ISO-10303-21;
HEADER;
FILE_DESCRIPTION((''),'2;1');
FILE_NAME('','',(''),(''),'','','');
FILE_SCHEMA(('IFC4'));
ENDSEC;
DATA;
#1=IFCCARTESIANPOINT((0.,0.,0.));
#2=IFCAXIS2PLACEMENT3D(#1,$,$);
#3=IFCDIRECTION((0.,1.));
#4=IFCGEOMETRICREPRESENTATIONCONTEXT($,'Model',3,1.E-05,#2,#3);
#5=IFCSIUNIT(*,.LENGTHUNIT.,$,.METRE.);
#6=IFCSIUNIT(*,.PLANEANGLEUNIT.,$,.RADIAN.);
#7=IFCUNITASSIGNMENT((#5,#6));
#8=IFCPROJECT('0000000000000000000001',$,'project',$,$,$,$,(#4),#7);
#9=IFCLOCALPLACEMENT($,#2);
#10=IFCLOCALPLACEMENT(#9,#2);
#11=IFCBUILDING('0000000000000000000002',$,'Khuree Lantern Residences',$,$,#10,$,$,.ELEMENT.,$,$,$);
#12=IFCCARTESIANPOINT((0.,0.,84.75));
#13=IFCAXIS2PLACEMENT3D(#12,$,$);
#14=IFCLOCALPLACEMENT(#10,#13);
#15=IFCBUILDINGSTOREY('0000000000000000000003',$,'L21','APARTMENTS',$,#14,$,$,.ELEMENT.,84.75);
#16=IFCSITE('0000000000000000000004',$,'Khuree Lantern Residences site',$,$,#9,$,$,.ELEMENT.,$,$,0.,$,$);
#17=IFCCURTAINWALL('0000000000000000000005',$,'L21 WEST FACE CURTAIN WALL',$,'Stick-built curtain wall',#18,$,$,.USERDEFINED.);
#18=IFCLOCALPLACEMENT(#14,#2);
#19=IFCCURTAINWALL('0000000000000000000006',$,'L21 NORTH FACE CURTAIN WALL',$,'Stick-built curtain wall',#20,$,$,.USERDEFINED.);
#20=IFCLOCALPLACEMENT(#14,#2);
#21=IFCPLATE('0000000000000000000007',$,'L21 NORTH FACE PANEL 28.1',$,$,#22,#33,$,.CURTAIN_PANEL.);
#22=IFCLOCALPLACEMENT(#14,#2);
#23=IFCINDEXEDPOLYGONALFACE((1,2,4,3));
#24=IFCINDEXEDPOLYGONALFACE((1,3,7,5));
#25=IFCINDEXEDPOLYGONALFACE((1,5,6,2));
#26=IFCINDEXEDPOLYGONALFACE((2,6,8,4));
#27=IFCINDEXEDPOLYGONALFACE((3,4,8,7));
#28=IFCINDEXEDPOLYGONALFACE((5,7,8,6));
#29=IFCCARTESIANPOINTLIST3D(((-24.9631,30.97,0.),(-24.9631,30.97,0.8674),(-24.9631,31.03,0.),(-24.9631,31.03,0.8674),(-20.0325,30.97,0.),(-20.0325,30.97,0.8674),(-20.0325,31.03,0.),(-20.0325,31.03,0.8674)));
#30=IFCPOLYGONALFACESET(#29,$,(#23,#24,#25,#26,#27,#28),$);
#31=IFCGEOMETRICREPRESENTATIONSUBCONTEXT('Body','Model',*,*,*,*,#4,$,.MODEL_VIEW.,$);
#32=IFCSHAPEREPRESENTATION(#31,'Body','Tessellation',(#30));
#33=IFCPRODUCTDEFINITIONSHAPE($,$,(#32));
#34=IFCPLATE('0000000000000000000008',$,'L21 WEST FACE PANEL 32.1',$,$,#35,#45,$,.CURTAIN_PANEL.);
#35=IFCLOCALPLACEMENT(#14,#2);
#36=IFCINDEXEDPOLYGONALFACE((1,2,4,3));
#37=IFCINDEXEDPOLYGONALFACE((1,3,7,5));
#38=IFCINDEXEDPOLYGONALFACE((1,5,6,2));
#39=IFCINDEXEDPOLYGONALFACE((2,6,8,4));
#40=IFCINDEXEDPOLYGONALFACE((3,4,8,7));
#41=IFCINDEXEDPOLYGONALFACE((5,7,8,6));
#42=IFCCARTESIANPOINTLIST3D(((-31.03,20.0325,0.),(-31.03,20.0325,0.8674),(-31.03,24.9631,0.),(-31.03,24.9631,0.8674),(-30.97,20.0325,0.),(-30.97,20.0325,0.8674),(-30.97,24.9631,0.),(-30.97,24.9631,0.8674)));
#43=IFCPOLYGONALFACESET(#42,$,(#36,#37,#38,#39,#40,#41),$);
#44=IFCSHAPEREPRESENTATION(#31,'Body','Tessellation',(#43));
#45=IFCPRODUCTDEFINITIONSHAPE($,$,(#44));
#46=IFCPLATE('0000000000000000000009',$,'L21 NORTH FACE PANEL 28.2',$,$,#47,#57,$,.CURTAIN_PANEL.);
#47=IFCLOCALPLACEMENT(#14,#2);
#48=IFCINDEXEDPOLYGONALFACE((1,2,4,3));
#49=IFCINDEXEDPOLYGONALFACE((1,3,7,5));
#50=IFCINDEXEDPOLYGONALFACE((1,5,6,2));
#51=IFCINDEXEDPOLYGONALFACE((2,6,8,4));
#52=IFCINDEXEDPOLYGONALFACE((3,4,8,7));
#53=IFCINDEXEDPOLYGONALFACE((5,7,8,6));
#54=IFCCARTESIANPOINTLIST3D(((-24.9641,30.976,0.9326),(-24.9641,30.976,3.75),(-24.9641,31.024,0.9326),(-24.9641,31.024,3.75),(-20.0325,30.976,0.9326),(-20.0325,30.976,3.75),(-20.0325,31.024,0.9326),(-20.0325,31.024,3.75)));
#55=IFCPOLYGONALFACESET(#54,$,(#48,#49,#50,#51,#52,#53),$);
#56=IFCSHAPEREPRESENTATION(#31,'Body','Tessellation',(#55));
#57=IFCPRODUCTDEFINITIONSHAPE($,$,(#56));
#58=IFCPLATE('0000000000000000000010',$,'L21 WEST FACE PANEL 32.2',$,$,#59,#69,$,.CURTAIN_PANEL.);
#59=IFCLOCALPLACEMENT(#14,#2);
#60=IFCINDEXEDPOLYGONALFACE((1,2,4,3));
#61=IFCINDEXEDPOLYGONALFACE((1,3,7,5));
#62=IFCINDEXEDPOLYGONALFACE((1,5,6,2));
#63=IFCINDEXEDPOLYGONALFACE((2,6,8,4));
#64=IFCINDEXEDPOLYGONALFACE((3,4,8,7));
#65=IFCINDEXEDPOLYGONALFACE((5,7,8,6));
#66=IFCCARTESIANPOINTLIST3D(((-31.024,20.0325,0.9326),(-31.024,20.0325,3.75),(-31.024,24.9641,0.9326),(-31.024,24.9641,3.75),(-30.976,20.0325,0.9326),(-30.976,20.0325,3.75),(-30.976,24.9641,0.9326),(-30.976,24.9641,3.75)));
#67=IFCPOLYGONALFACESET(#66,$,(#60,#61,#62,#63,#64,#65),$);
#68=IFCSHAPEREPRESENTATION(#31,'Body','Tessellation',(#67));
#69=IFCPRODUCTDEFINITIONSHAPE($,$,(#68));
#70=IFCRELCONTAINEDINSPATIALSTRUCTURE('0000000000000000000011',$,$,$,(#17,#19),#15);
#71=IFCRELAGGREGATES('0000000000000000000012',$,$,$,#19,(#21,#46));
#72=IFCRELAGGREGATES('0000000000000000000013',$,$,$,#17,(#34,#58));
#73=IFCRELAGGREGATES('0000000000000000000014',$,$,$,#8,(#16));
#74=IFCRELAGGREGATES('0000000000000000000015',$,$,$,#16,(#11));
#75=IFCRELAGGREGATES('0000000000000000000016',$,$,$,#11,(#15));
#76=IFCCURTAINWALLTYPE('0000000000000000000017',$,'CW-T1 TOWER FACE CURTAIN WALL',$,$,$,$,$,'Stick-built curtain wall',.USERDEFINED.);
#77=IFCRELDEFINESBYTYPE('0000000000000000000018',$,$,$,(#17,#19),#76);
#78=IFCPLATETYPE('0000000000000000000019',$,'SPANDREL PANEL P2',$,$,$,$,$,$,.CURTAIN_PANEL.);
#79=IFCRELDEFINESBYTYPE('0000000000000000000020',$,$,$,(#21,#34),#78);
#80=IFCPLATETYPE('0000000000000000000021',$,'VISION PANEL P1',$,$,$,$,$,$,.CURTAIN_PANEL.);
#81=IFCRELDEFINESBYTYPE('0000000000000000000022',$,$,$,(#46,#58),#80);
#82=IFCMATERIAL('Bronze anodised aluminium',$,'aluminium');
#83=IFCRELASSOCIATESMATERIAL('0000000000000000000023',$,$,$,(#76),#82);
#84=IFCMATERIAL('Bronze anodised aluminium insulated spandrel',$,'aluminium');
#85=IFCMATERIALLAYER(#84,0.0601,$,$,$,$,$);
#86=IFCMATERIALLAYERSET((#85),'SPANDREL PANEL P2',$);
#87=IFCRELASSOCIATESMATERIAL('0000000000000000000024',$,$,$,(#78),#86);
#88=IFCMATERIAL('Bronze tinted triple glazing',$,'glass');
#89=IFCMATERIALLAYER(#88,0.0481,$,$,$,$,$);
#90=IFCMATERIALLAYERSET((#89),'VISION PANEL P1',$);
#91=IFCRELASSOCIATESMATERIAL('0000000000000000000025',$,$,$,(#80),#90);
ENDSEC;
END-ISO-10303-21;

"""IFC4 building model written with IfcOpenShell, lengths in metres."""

from ifc_helpers import new_model, si_unit, direction, frame, origin, origin_2d, place, context, subcontext, project, spatial, rectangle, extrude, material, layer, layer_set, type_object, element, aggregate, save


model = new_model("IFC4")

# Units and contexts
model_context = context("Model", 3, precision=1e-05, world=origin(), true_north=direction((0.0, 1.0)))
body_context = subcontext(model_context, "Body", "Model", "MODEL_VIEW")
ifc_project = project(units=[si_unit("LENGTHUNIT", "METRE"), si_unit("PLANEANGLEUNIT", "RADIAN")], contexts=[model_context])

# Site, building, storey
site_placement = place(None, origin())
site = spatial("IfcSite", under=ifc_project, at=site_placement, Name="Khuree Lantern Residences site", CompositionType="ELEMENT", RefElevation=0.0)
building_placement = place(site_placement, origin())
building = spatial("IfcBuilding", under=site, at=building_placement, Name="Khuree Lantern Residences", CompositionType="ELEMENT")
storey_placement = place(building_placement, frame((0.0, 0.0, 84.75)))
storey = spatial("IfcBuildingStorey", under=building, at=storey_placement, Name="L21", Description="APARTMENTS", CompositionType="ELEMENT", Elevation=84.75)

# Shared definitions
ifc_material_1 = material(Name="Bronze anodised aluminium", Category="aluminium")

# Curtain walls
curtain_wall_type_1 = type_object("IfcCurtainWallType", Name="CW-T1 TOWER FACE CURTAIN WALL", ElementType="Stick-built curtain wall", PredefinedType="USERDEFINED", material=ifc_material_1)
curtain_wall_1_placement = place(storey_placement, origin())
curtain_wall_1 = element("IfcCurtainWall", 1, at=curtain_wall_1_placement, inside=storey, type_object=curtain_wall_type_1, Name="L21 WEST FACE CURTAIN WALL", ObjectType="Stick-built curtain wall", PredefinedType="USERDEFINED")
curtain_wall_2_placement = place(storey_placement, origin())
curtain_wall_2 = element("IfcCurtainWall", 2, at=curtain_wall_2_placement, inside=storey, type_object=curtain_wall_type_1, Name="L21 NORTH FACE CURTAIN WALL", ObjectType="Stick-built curtain wall", PredefinedType="USERDEFINED")

# Plates
ifc_material_2 = material(Name="Bronze tinted triple glazing", Category="glass")
ifc_material_3 = material(Name="Bronze anodised aluminium insulated spandrel", Category="aluminium")
ifc_layer_1 = layer(ifc_material_3, 0.0601)
ifc_layer_set_1 = layer_set([ifc_layer_1], Name="SPANDREL PANEL P2")
plate_type_1 = type_object("IfcPlateType", Name="SPANDREL PANEL P2", PredefinedType="CURTAIN_PANEL", material=ifc_layer_set_1)
plate_1_placement = place(storey_placement, frame((-22.4978, 31.0, 0.0), z_axis=(0.0, 0.0, 1.0), x_axis=(-1.0, 0.0, 0.0)))
plate_1 = element("IfcPlate", 3, at=plate_1_placement, type_object=plate_type_1, Name="L21 NORTH FACE PANEL 28.1", PredefinedType="CURTAIN_PANEL", context=body_context, shape_type="SweptSolid", body=[
    extrude(rectangle(XDim=4.9307, YDim=0.0601, at=origin_2d()), origin(), (0.0, 0.0, 1.0), 0.8674),
])
plate_2_placement = place(storey_placement, frame((-31.0, 22.4978, 0.0), z_axis=(0.0, 0.0, 1.0), x_axis=(0.0, -1.0, 0.0)))
plate_2 = element("IfcPlate", 4, at=plate_2_placement, type_object=plate_type_1, Name="L21 WEST FACE PANEL 32.1", PredefinedType="CURTAIN_PANEL", context=body_context, shape_type="SweptSolid", body=[
    extrude(rectangle(XDim=4.9307, YDim=0.0601, at=origin_2d()), origin(), (0.0, 0.0, 1.0), 0.8674),
])
ifc_layer_2 = layer(ifc_material_2, 0.0481)
ifc_layer_set_2 = layer_set([ifc_layer_2], Name="VISION PANEL P1")
plate_type_2 = type_object("IfcPlateType", Name="VISION PANEL P1", PredefinedType="CURTAIN_PANEL", material=ifc_layer_set_2)
plate_3_placement = place(storey_placement, frame((-22.4983, 31.0, 0.9326), z_axis=(0.0, 0.0, 1.0), x_axis=(-1.0, 0.0, 0.0)))
plate_3 = element("IfcPlate", 5, at=plate_3_placement, type_object=plate_type_2, Name="L21 NORTH FACE PANEL 28.2", PredefinedType="CURTAIN_PANEL", context=body_context, shape_type="SweptSolid", body=[
    extrude(rectangle(XDim=4.9316, YDim=0.0481, at=origin_2d()), origin(), (0.0, 0.0, 1.0), 2.8174),
])
aggregate(curtain_wall_2, [plate_1, plate_3])
plate_4_placement = place(storey_placement, frame((-31.0, 22.4983, 0.9326), z_axis=(0.0, 0.0, 1.0), x_axis=(0.0, -1.0, 0.0)))
plate_4 = element("IfcPlate", 6, at=plate_4_placement, type_object=plate_type_2, Name="L21 WEST FACE PANEL 32.2", PredefinedType="CURTAIN_PANEL", context=body_context, shape_type="SweptSolid", body=[
    extrude(rectangle(XDim=4.9316, YDim=0.0481, at=origin_2d()), origin(), (0.0, 0.0, 1.0), 2.8174),
])
aggregate(curtain_wall_1, [plate_2, plate_4])

save(model, "model.ifc")
